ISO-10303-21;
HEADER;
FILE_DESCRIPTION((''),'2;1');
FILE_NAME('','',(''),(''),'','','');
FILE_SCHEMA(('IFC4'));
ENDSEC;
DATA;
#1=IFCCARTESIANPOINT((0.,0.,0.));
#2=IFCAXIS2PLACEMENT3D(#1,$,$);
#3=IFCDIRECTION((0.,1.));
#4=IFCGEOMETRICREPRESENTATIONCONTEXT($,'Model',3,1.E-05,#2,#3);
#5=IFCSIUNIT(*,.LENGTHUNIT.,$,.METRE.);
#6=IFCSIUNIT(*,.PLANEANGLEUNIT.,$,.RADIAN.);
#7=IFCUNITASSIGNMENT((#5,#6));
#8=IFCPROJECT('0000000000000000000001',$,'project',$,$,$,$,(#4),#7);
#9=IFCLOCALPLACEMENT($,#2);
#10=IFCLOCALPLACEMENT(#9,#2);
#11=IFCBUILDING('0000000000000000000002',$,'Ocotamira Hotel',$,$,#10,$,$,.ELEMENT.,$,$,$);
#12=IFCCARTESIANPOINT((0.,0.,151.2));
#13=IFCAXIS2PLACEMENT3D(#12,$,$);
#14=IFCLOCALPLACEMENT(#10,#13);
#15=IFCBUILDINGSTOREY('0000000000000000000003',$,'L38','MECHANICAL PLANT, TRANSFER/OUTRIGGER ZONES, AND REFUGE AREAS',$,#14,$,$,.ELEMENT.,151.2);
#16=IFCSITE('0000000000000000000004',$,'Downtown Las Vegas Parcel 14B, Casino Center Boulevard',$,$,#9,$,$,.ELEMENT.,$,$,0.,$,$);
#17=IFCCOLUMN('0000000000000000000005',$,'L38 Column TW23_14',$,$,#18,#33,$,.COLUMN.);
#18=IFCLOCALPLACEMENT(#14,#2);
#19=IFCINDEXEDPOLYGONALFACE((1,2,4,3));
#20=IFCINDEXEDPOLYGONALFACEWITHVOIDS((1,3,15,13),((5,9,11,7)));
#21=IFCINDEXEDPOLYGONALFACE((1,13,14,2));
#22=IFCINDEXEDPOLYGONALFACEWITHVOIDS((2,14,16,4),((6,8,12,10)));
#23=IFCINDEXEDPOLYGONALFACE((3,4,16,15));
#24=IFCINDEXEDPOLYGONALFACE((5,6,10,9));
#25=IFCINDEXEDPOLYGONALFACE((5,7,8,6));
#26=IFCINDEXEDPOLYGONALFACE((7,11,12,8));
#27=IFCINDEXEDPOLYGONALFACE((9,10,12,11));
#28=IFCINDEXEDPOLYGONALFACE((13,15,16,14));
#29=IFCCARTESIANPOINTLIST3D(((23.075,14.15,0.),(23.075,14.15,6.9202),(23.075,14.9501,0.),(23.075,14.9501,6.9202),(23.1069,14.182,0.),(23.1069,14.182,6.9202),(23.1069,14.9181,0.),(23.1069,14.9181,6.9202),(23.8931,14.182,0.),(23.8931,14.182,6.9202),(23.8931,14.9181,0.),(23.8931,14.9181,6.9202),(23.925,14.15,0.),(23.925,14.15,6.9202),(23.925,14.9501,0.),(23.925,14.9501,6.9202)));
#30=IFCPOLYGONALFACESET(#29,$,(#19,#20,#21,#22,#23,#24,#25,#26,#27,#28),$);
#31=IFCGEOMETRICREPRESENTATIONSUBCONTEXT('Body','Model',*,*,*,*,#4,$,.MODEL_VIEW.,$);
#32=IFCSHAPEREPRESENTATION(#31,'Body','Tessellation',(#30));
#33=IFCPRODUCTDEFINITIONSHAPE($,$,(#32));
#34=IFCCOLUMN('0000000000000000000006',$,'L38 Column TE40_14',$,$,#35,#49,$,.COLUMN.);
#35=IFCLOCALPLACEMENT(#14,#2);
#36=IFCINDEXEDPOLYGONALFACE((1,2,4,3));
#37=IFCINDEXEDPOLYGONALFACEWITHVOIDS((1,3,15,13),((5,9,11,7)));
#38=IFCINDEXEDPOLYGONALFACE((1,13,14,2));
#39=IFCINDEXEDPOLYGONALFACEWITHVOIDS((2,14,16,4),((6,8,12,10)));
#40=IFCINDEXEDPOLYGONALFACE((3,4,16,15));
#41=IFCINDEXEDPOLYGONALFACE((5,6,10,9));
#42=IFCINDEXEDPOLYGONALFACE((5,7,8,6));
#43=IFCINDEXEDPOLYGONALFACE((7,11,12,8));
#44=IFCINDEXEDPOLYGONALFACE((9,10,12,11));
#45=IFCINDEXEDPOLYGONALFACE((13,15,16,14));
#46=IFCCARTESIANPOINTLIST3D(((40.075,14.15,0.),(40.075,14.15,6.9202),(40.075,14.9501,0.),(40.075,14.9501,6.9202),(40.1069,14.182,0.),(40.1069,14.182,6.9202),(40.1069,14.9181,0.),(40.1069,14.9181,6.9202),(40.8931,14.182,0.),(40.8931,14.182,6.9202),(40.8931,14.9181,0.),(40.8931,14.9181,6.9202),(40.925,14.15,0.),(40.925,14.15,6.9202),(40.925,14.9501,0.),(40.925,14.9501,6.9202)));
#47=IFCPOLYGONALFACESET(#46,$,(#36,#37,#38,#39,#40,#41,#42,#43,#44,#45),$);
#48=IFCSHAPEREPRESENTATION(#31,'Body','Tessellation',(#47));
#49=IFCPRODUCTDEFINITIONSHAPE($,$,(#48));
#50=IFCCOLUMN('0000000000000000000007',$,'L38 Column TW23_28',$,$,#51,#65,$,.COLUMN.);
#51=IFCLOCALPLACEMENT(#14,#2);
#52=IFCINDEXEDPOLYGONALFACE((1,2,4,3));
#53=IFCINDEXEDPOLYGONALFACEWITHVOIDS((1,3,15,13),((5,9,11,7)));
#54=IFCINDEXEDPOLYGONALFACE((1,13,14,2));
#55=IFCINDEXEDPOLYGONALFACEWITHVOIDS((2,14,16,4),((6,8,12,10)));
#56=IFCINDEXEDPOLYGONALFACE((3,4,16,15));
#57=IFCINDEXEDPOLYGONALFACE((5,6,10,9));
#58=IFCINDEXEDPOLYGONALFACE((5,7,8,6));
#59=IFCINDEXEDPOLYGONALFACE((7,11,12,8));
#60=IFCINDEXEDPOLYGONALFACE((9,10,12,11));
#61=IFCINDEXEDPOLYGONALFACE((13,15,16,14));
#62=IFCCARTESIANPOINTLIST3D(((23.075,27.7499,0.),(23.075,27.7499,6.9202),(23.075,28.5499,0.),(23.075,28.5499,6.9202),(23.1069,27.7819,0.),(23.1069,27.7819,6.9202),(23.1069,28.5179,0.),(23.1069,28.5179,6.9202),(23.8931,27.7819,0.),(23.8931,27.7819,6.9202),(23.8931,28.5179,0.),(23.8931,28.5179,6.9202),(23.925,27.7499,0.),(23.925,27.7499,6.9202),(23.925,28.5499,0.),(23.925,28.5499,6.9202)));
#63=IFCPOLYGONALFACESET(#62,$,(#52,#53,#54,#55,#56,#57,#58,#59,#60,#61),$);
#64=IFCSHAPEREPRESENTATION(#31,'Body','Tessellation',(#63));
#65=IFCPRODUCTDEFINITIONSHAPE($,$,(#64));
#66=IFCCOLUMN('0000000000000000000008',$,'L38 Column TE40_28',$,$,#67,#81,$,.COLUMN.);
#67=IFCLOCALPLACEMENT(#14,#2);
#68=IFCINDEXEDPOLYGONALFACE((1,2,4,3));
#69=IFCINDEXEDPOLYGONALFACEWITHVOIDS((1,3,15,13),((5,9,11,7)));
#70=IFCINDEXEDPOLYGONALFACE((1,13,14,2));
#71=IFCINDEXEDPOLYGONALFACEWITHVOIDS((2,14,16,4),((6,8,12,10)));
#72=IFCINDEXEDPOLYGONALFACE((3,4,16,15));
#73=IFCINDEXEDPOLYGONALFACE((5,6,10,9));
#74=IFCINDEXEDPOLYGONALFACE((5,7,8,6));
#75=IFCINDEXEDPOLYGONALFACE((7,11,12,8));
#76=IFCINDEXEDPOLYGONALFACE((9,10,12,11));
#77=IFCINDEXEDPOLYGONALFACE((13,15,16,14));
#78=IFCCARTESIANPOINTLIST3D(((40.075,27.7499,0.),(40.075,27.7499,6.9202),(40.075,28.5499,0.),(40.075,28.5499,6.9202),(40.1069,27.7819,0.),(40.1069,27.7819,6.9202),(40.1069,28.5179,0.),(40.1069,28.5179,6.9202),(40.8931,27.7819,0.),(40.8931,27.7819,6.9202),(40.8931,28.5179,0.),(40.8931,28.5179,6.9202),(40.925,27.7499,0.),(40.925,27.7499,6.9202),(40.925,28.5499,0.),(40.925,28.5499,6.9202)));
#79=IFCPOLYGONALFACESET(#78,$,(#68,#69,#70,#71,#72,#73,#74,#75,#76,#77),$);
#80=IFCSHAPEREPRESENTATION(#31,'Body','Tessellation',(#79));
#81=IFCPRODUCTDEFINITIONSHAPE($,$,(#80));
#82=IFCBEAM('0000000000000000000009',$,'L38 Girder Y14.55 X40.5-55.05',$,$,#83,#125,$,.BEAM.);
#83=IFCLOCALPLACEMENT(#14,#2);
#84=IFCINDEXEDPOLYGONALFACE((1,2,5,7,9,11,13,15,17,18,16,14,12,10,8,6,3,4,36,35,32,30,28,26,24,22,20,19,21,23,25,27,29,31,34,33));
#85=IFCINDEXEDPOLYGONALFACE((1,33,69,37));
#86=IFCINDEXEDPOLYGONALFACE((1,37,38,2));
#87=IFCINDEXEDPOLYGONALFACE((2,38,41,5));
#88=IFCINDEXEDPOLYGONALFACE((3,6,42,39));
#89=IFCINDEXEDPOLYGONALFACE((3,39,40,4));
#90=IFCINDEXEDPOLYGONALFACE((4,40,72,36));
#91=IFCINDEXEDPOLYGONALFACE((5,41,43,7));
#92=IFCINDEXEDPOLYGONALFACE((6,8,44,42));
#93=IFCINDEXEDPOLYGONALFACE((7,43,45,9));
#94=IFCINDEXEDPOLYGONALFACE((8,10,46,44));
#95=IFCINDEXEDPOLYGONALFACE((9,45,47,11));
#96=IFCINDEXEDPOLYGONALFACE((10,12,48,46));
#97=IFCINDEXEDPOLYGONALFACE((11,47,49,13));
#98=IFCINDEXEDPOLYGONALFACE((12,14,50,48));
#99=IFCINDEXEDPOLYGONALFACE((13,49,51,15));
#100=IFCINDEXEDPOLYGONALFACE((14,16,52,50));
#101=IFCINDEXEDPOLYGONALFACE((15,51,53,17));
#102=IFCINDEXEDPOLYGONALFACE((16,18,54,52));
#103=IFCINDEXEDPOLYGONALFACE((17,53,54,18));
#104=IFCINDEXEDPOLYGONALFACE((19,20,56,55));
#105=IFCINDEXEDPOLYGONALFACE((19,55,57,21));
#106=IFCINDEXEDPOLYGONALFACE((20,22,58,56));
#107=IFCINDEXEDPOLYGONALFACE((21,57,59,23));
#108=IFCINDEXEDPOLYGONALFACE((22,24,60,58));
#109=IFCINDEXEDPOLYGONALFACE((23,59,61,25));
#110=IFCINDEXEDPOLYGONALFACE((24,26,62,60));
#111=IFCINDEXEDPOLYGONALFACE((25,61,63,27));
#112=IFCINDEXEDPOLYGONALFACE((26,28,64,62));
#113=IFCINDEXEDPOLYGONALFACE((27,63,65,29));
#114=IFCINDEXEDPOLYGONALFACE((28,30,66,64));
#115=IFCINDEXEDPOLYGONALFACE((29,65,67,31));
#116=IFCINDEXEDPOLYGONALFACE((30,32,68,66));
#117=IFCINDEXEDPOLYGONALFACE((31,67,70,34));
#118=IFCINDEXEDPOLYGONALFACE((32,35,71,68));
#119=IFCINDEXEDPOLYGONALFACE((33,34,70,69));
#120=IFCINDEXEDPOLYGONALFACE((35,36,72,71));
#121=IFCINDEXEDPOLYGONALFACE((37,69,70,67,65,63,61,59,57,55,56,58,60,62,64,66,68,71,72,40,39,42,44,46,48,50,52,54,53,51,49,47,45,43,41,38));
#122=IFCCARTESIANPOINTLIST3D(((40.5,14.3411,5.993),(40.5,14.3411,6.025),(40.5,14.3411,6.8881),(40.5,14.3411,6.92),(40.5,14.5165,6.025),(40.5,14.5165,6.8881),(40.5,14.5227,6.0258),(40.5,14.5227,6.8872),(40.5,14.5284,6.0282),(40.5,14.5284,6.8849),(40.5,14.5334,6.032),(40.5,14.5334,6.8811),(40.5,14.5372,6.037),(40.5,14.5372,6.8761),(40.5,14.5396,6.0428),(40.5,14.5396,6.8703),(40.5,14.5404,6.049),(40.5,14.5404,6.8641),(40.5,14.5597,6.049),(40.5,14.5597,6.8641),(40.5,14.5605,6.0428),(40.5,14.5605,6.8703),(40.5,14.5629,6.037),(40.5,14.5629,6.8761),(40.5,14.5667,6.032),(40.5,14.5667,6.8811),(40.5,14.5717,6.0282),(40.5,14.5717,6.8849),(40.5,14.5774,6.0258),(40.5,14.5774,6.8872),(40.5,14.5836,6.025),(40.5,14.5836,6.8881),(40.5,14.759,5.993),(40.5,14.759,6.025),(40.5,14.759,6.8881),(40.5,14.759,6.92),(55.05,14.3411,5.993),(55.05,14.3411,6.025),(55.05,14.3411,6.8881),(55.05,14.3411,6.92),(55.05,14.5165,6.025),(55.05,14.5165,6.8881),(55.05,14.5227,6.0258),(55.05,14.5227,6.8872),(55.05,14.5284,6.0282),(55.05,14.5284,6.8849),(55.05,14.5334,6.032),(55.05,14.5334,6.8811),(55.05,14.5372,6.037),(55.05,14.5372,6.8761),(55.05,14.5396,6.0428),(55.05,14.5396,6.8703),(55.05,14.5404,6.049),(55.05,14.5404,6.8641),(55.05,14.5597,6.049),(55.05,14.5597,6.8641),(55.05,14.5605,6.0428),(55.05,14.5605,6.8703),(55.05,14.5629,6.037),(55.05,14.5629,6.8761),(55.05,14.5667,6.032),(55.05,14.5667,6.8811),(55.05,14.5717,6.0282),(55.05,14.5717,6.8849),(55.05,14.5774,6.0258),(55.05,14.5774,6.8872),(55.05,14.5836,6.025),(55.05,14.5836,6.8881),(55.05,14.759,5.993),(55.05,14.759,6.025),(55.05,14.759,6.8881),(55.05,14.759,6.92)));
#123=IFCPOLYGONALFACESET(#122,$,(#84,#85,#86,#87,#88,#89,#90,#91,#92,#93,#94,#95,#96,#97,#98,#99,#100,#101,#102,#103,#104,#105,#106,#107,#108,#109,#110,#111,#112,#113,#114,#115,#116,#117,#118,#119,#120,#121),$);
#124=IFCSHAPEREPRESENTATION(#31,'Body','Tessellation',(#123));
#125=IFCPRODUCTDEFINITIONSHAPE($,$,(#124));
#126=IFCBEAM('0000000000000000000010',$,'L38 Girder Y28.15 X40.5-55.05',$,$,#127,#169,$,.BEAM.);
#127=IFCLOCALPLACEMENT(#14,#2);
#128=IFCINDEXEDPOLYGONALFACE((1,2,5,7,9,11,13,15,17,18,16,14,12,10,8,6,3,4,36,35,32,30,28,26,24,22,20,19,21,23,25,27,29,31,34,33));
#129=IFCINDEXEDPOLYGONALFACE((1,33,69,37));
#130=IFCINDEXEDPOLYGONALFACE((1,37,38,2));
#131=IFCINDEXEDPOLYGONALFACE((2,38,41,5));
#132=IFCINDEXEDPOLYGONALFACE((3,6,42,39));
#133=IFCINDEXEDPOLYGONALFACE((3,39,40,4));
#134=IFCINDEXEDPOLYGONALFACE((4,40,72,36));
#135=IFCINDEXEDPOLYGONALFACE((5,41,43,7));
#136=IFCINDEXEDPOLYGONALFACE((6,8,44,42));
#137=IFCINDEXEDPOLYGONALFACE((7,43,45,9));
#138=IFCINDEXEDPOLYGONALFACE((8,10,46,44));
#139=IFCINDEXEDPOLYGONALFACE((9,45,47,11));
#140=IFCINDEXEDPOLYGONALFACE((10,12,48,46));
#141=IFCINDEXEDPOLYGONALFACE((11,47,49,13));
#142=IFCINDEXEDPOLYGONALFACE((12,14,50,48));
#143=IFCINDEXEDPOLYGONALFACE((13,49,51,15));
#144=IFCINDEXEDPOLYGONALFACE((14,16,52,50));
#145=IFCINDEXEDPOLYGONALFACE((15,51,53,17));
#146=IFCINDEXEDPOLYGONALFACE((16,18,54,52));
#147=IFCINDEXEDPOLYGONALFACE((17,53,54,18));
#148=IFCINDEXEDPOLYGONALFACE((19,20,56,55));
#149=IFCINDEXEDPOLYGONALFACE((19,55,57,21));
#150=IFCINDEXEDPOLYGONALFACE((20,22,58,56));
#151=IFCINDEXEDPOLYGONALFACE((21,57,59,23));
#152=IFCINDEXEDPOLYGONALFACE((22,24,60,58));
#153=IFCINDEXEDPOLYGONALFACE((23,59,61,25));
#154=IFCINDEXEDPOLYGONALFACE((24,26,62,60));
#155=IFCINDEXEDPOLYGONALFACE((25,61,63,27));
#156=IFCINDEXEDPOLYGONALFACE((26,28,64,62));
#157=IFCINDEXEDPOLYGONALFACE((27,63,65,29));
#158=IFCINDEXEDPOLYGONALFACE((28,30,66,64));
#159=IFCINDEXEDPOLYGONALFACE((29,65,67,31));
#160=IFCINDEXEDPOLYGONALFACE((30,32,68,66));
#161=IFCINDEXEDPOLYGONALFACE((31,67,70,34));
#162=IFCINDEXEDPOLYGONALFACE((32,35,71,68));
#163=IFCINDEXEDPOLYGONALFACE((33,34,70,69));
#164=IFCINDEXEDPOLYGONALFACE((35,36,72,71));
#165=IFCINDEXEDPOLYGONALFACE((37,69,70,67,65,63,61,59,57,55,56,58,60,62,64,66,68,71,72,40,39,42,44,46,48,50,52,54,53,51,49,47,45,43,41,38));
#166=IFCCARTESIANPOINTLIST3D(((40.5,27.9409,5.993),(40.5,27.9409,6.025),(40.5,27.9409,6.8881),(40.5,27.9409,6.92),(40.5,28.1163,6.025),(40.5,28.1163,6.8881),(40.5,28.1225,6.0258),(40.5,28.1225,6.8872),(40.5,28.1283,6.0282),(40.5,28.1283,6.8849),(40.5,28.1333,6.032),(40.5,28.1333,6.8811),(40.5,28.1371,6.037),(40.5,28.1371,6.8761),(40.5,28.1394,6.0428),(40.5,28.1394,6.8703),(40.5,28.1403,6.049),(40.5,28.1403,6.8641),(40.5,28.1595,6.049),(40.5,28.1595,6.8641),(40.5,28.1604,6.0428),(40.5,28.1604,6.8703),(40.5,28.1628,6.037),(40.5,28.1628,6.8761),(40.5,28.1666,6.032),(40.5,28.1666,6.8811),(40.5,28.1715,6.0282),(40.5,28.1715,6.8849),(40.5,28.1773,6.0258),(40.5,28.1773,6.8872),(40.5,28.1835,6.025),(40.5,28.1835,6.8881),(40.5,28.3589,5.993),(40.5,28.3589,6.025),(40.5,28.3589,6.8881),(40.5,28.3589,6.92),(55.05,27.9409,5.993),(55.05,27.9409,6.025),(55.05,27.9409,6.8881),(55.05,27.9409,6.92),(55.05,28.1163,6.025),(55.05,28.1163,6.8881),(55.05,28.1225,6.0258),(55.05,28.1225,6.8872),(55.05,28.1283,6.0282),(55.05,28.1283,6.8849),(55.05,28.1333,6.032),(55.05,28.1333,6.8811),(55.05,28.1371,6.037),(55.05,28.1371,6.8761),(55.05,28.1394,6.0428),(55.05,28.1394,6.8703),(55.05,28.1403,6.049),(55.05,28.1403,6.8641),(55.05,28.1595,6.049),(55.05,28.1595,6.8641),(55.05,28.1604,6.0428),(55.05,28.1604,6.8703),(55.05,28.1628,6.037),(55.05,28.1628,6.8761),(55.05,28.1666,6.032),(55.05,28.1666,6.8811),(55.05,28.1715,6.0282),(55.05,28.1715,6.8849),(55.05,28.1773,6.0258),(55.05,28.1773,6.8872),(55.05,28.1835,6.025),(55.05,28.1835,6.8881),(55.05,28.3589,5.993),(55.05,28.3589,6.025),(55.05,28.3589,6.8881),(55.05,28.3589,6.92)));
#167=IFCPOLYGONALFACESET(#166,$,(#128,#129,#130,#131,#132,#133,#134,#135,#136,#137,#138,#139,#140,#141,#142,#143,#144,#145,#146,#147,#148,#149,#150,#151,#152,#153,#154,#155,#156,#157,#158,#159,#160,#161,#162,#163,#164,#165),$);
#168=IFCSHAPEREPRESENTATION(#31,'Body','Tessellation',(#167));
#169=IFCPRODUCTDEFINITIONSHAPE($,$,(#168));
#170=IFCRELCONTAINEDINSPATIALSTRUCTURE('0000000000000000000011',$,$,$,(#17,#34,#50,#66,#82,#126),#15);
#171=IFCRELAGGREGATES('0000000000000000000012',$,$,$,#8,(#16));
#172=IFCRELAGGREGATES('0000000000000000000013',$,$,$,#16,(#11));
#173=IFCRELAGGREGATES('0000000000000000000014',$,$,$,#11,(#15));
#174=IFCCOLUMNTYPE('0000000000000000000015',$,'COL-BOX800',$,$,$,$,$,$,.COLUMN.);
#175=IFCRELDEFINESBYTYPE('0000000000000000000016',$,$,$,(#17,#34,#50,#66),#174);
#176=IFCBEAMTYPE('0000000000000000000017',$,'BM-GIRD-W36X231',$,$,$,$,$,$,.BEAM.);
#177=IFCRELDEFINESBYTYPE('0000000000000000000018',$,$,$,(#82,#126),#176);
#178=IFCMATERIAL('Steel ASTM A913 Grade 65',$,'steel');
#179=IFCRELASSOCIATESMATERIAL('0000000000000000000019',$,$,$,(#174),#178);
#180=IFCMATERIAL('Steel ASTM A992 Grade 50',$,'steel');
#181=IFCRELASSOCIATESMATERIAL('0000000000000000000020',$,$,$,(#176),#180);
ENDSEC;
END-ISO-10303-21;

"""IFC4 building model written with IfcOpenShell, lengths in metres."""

from ifc_helpers import new_model, si_unit, direction, frame, origin, origin_2d, place, context, subcontext, project, spatial, hollow_rectangle, i_section, extrude, source, transform, mapped, material, material_profile, profile_set, type_object, element, save


model = new_model("IFC4")

# Units and contexts
model_context = context("Model", 3, precision=1e-05, world=origin(), true_north=direction((0.0, 1.0)))
body_context = subcontext(model_context, "Body", "Model", "MODEL_VIEW")
ifc_project = project(units=[si_unit("LENGTHUNIT", "METRE"), si_unit("PLANEANGLEUNIT", "RADIAN")], contexts=[model_context])

# Site, building, storey
site_placement = place(None, origin())
site = spatial("IfcSite", under=ifc_project, at=site_placement, Name="Downtown Las Vegas Parcel 14B, Casino Center Boulevard", CompositionType="ELEMENT", RefElevation=0.0)
building_placement = place(site_placement, origin())
building = spatial("IfcBuilding", under=site, at=building_placement, Name="Ocotamira Hotel", CompositionType="ELEMENT")
storey_placement = place(building_placement, frame((0.0, 0.0, 151.2)))
storey = spatial("IfcBuildingStorey", under=building, at=storey_placement, Name="L38", Description="MECHANICAL PLANT, TRANSFER/OUTRIGGER ZONES, AND REFUGE AREAS", CompositionType="ELEMENT", Elevation=151.2)

# Columns
ifc_material_1 = material(Name="Steel ASTM A913 Grade 65", Category="steel")
ifc_material_profile_1 = material_profile(ifc_material_1, hollow_rectangle(XDim=0.8501, YDim=0.8, WallThickness=0.032, at=origin_2d()), Name="BOX800X850X32")
ifc_profile_set_1 = profile_set([ifc_material_profile_1], Name="Steel ASTM A913 Grade 65")
column_type = type_object("IfcColumnType", Name="COL-BOX800", PredefinedType="COLUMN", material=ifc_profile_set_1)
shared_shape_1 = source(origin(), body_context, "Body", "SweptSolid", [
    extrude(hollow_rectangle(XDim=0.8501, YDim=0.8, WallThickness=0.032, at=origin_2d()), origin(), (0.0, 0.0, 1.0), 6.9202),
])
for number, where, z_axis, x_axis, name in (
    (1, (23.5, 14.55, 0.0), (0.0, 0.0, 1.0), (1.0, 0.0, 0.0), "L38 Column TW23_14"),
    (2, (40.5, 14.55, 0.0), (0.0, 0.0, 1.0), (1.0, 0.0, 0.0), "L38 Column TE40_14"),
    (3, (23.5, 28.1499, 0.0), (0.0, 0.0, 1.0), (1.0, 0.0, 0.0), "L38 Column TW23_28"),
    (4, (40.5, 28.1499, 0.0), (0.0, 0.0, 1.0), (1.0, 0.0, 0.0), "L38 Column TE40_28"),
):
    element("IfcColumn", number, at=place(storey_placement, frame(where, z_axis=z_axis, x_axis=x_axis)), inside=storey, type_object=column_type, Name=name, PredefinedType="COLUMN", context=body_context, shape_type="MappedRepresentation", body=[
        mapped(shared_shape_1, transform((0.0, 0.0, 0.0), scale=1.0)),
    ])

# Beams
ifc_material_2 = material(Name="Steel ASTM A992 Grade 50", Category="steel")
ifc_material_profile_2 = material_profile(ifc_material_2, i_section(OverallWidth=0.418, OverallDepth=0.927, WebThickness=0.0193, FlangeThickness=0.032, FilletRadius=0.0239, at=origin_2d()), Name="W36X231")
ifc_profile_set_2 = profile_set([ifc_material_profile_2], Name="Steel ASTM A992 Grade 50")
beam_type_1 = type_object("IfcBeamType", Name="BM-GIRD-W36X231", PredefinedType="BEAM", material=ifc_profile_set_2)
shared_shape_2 = source(origin(), body_context, "Body", "SweptSolid", [
    extrude(i_section(OverallWidth=0.418, OverallDepth=0.927, WebThickness=0.0193, FlangeThickness=0.032, FilletRadius=0.0239, at=origin_2d()), origin(), (0.0, 0.0, 1.0), 14.55),
])
for number, where, z_axis, x_axis, name in (
    (5, (40.5, 14.55, 6.4565), (1.0, 0.0, 0.0), (0.0, 1.0, 0.0), "L38 Girder Y14.55 X40.5-55.05"),
    (6, (40.5, 28.1499, 6.4565), (1.0, 0.0, 0.0), (0.0, 1.0, 0.0), "L38 Girder Y28.15 X40.5-55.05"),
):
    element("IfcBeam", number, at=place(storey_placement, frame(where, z_axis=z_axis, x_axis=x_axis)), inside=storey, type_object=beam_type_1, Name=name, PredefinedType="BEAM", context=body_context, shape_type="MappedRepresentation", body=[
        mapped(shared_shape_2, transform((0.0, 0.0, 0.0), scale=1.0)),
    ])

save(model, "model.ifc")
